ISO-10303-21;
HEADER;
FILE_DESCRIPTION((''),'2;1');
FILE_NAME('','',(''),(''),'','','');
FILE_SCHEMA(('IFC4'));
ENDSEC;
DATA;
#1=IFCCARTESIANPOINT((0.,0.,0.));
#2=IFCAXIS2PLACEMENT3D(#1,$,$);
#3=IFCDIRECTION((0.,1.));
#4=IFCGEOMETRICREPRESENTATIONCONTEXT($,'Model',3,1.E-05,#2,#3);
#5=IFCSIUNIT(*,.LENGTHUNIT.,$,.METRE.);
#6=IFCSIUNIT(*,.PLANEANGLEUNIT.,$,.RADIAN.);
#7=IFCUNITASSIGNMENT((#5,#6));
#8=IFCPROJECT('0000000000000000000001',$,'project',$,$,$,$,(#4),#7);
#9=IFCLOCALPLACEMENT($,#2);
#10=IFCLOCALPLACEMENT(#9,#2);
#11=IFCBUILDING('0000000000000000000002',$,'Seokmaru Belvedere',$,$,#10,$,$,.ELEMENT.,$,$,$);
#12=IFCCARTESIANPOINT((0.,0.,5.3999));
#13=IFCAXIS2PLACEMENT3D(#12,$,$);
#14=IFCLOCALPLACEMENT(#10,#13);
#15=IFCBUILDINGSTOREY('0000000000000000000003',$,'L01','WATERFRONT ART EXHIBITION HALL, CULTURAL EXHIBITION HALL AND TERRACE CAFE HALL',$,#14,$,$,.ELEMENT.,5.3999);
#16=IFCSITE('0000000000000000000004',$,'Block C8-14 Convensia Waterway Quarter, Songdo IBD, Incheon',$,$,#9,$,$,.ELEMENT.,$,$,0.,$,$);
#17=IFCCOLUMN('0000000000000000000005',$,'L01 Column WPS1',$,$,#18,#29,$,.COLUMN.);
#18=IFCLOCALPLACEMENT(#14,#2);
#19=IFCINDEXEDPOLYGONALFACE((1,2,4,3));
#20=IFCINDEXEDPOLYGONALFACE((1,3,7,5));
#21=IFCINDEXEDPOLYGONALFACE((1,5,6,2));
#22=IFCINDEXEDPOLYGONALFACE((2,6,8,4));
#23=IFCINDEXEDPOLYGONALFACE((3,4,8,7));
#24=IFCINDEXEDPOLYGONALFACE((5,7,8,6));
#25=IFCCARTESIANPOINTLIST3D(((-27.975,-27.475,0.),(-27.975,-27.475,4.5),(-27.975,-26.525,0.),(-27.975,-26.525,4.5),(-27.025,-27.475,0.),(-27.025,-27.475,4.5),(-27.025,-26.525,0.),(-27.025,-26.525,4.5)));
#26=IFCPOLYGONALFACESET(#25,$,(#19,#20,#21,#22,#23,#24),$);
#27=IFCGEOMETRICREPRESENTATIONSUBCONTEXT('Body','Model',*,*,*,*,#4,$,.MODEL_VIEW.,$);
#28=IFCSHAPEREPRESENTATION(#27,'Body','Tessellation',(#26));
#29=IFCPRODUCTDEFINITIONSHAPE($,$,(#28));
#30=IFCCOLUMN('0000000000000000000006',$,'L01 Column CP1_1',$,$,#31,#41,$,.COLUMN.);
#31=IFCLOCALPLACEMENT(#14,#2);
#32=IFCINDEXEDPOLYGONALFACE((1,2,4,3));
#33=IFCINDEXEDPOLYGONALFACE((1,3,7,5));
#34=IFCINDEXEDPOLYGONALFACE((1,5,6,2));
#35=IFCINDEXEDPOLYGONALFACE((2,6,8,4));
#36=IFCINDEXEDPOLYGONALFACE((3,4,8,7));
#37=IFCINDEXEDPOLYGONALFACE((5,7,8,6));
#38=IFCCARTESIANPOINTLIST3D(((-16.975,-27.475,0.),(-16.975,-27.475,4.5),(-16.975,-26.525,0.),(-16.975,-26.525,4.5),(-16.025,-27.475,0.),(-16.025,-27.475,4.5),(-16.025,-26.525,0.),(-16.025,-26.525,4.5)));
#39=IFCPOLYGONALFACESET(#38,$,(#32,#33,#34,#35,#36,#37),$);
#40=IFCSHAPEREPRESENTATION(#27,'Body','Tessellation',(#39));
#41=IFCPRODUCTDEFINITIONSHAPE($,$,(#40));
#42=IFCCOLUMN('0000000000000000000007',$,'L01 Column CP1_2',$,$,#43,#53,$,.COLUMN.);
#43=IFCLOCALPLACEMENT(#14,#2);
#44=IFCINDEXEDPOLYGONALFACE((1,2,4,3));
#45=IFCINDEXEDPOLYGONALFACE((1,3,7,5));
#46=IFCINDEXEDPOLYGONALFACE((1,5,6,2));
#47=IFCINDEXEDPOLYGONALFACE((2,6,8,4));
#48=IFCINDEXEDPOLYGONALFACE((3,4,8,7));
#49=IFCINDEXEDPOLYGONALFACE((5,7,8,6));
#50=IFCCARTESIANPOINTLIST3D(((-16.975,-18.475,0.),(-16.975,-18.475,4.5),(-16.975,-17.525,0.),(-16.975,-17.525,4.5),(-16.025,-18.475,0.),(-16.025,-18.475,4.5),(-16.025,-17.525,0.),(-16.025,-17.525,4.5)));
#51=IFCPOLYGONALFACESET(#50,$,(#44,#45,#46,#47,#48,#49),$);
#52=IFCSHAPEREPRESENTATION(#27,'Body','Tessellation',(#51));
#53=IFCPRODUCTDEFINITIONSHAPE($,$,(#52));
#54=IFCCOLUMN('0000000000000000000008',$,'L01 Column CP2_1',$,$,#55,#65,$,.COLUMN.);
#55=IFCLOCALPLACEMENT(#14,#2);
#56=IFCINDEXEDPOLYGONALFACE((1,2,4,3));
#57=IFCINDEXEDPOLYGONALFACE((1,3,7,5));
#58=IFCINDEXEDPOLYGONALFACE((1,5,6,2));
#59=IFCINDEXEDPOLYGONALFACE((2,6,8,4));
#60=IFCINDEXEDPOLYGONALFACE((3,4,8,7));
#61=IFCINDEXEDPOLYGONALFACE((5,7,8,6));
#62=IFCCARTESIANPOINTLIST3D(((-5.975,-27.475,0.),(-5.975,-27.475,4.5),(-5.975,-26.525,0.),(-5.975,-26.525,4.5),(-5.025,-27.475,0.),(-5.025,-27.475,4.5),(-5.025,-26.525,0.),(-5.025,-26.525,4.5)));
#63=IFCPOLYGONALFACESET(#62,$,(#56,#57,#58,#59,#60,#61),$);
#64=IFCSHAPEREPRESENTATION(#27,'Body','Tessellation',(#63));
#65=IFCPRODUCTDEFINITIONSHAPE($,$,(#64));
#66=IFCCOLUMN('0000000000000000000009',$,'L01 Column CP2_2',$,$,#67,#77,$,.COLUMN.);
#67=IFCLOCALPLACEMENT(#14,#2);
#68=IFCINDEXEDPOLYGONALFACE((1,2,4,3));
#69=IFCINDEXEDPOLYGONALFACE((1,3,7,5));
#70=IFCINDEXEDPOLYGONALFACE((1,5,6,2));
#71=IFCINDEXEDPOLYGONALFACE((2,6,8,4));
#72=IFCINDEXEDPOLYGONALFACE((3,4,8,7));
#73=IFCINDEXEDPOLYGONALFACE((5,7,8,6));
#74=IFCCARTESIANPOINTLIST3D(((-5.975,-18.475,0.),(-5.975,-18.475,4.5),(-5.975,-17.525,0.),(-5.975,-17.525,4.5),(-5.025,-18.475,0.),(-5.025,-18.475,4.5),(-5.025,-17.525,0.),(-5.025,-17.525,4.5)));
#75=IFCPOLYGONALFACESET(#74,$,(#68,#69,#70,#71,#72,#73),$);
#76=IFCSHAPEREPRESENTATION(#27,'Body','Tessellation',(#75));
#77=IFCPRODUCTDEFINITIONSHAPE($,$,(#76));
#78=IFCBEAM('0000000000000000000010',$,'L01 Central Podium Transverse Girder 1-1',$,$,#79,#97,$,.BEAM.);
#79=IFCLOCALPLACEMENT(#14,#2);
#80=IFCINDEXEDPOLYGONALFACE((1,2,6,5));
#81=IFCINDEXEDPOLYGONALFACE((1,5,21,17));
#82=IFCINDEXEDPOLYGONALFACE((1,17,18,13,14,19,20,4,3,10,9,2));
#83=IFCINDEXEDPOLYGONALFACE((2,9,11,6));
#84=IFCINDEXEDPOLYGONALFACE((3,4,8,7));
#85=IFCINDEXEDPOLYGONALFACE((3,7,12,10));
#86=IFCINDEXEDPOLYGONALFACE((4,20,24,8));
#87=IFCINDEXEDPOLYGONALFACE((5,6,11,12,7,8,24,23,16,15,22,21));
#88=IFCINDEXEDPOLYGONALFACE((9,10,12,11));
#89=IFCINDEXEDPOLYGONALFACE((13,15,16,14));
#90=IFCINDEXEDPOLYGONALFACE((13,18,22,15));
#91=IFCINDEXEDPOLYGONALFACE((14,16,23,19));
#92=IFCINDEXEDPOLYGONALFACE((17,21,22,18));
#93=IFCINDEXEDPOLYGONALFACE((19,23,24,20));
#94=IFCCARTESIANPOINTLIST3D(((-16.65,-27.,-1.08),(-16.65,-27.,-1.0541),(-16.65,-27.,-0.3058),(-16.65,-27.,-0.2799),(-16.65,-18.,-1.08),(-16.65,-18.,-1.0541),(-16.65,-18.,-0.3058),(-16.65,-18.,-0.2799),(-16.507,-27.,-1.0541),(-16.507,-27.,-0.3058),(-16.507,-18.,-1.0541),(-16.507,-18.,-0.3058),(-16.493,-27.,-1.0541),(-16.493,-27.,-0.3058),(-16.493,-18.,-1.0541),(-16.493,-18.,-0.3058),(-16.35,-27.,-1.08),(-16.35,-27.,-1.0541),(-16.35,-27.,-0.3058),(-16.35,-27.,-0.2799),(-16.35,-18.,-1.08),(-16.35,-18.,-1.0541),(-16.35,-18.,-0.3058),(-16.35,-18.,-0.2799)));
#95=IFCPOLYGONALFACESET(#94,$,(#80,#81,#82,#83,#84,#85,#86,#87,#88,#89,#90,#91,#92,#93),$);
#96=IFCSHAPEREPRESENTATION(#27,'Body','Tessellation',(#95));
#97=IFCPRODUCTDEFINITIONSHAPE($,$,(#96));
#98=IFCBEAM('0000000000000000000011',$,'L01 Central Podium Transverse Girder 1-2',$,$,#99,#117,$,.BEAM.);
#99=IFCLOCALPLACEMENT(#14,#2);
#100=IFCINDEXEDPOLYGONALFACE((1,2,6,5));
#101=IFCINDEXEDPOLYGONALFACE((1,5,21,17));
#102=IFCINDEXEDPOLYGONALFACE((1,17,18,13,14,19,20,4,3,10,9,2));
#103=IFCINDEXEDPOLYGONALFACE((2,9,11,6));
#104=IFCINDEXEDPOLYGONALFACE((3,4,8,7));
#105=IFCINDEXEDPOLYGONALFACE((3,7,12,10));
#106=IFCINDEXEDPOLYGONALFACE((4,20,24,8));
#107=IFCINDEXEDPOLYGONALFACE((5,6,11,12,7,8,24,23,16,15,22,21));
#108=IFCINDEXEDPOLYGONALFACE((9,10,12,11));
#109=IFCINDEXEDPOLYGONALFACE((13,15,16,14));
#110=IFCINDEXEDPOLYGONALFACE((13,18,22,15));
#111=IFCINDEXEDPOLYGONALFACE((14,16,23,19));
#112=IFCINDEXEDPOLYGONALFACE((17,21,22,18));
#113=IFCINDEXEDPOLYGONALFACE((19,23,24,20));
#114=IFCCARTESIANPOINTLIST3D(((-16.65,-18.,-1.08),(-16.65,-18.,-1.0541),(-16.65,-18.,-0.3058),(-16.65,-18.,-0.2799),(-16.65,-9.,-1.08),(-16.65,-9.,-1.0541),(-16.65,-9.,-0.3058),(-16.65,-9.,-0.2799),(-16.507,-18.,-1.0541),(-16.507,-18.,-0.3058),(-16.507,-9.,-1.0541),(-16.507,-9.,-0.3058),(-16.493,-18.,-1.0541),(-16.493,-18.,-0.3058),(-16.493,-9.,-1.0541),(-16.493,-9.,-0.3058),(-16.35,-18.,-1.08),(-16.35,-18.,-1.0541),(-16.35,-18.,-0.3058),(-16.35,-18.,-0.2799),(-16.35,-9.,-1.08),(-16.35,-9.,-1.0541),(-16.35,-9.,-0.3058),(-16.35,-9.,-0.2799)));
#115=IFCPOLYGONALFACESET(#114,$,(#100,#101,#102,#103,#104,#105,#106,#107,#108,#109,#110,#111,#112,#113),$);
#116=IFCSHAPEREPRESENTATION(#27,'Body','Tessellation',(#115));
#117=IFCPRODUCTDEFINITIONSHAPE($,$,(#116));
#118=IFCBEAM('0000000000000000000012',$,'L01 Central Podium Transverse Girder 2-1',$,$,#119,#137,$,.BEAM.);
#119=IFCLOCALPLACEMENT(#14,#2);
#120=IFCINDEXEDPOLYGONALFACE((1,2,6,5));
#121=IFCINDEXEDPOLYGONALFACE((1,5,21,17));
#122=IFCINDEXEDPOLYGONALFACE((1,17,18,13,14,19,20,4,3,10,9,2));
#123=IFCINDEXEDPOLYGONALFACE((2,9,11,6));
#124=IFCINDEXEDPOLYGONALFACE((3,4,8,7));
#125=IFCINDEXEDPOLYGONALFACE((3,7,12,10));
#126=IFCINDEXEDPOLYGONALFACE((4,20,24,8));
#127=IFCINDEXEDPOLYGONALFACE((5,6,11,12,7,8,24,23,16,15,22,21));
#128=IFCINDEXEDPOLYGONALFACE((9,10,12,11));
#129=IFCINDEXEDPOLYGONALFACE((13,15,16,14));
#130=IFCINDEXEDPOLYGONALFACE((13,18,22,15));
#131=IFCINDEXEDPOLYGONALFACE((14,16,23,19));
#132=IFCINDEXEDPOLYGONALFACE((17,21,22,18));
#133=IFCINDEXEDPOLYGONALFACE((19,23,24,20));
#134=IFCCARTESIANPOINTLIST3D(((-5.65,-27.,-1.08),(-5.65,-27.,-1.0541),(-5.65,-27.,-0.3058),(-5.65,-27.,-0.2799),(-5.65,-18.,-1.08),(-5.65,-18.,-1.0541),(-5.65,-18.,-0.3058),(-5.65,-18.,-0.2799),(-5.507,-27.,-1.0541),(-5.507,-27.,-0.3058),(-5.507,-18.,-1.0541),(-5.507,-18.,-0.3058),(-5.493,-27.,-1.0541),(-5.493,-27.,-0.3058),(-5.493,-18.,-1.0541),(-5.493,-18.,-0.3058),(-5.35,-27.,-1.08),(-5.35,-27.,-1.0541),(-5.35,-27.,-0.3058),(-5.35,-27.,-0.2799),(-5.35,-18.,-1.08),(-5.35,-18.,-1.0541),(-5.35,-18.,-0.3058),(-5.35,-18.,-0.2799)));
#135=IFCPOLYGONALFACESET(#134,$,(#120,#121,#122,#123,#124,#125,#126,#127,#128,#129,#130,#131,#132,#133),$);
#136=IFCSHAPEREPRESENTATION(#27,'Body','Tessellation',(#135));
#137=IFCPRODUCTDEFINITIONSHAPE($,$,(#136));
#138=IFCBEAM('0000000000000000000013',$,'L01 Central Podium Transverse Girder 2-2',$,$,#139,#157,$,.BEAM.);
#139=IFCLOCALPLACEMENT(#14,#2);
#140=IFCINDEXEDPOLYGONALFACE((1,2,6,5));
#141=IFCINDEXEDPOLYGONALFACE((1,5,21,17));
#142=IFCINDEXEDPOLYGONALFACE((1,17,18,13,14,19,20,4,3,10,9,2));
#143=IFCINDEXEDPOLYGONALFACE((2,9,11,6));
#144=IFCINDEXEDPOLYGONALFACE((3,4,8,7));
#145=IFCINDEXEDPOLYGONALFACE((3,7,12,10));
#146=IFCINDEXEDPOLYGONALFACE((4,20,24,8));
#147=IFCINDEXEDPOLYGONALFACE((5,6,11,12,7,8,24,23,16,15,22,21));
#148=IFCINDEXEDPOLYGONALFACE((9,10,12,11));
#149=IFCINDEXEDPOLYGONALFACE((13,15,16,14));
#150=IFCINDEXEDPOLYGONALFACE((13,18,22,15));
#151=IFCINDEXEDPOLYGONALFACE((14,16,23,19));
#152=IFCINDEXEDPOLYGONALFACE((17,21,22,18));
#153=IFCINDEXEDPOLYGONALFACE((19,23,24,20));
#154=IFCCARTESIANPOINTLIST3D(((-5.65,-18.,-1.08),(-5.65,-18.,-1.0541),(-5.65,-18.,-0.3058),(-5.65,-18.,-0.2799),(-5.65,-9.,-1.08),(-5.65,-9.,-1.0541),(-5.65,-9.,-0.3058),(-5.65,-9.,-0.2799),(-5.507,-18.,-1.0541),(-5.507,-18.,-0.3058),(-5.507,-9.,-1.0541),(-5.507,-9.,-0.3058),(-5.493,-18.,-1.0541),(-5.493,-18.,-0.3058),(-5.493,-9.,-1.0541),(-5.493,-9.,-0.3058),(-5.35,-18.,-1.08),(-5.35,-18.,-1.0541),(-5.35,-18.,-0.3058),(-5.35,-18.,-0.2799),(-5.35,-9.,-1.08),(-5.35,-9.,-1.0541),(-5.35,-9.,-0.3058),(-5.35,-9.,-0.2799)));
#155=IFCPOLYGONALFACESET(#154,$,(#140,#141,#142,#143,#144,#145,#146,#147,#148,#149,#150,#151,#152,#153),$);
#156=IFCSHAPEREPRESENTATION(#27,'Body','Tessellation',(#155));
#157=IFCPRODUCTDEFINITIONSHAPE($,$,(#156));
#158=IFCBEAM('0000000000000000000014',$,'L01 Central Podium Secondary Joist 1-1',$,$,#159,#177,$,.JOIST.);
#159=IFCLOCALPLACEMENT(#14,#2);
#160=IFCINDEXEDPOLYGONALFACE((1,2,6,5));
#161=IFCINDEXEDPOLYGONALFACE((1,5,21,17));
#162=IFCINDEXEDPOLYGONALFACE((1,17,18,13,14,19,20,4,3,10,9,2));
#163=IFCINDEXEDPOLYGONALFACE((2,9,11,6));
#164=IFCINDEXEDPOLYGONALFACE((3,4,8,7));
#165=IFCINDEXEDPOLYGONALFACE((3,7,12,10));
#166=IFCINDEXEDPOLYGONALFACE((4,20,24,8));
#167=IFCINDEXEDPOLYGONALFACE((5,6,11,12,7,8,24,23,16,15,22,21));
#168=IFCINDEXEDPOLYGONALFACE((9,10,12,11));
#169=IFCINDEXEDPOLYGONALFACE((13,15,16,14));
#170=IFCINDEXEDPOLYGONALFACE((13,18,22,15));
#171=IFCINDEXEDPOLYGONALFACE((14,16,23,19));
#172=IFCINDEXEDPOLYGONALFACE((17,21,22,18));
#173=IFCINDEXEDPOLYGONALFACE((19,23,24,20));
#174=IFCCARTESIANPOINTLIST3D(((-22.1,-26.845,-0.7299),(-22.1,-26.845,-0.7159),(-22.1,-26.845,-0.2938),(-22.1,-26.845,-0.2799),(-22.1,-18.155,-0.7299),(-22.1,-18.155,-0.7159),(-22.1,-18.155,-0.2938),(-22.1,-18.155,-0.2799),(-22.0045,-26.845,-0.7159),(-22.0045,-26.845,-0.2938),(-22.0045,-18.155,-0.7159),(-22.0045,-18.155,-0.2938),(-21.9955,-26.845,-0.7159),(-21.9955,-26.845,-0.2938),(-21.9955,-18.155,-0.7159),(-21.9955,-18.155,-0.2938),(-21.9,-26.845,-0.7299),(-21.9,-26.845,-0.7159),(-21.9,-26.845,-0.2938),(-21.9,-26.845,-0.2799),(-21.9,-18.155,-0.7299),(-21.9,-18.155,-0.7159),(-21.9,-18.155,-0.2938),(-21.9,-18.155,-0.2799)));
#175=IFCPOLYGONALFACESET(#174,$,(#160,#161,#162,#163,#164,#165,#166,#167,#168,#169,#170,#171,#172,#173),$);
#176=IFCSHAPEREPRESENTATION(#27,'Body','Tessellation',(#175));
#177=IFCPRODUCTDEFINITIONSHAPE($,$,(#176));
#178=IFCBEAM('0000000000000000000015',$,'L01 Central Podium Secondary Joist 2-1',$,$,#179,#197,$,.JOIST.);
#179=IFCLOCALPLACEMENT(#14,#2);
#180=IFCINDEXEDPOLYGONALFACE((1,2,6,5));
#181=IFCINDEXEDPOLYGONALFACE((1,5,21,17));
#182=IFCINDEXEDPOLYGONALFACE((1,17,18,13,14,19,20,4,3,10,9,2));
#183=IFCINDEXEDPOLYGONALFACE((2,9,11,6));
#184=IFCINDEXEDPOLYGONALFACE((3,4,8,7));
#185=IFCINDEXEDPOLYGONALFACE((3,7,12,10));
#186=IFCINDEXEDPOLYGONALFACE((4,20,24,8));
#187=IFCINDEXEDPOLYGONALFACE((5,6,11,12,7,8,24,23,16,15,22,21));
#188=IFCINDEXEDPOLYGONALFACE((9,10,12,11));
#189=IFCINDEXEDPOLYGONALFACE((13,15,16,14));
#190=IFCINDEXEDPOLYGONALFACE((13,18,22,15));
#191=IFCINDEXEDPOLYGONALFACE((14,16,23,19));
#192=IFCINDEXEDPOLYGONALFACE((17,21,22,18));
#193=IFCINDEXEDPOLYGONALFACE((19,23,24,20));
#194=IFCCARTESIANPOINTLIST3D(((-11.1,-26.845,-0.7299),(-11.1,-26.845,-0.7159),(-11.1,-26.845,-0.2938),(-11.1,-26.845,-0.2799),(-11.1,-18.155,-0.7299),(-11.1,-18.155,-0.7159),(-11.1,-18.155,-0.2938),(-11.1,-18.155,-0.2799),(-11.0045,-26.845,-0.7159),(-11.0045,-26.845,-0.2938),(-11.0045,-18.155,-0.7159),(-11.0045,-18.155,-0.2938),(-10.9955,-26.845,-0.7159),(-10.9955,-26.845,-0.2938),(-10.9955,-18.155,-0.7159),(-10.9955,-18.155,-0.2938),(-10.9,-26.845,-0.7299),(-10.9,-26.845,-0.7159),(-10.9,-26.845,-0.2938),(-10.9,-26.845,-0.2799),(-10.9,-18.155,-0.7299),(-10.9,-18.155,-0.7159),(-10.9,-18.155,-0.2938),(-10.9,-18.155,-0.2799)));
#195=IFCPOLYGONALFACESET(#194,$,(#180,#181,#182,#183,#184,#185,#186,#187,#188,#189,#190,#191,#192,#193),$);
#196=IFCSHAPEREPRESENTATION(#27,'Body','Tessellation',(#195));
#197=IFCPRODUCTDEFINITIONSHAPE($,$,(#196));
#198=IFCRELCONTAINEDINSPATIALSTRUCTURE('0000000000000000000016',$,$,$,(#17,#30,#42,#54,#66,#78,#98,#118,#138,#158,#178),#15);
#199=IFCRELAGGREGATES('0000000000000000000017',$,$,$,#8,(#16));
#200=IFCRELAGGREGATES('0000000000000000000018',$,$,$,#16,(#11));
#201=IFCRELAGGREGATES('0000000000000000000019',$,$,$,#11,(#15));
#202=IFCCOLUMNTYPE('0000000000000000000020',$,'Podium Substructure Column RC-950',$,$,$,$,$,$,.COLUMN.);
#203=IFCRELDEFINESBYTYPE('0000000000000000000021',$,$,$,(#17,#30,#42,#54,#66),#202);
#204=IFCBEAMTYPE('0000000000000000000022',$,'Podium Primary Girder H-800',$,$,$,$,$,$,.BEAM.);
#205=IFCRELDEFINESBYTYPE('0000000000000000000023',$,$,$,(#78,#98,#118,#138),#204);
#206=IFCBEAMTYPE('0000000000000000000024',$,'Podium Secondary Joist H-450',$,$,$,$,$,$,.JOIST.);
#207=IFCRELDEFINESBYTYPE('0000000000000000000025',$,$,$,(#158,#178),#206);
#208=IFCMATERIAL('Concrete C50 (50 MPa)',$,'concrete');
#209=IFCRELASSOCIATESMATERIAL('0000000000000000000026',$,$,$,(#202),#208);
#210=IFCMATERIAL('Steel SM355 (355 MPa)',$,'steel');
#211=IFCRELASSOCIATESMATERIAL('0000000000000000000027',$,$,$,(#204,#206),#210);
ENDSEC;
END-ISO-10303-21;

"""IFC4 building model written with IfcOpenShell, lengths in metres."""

from ifc_helpers import new_model, si_unit, direction, frame, origin, origin_2d, place, context, subcontext, project, spatial, rectangle, i_section, extrude, source, transform, mapped, material, material_profile, profile_set, type_object, type_shapes, element, save


model = new_model("IFC4")

# Units and contexts
model_context = context("Model", 3, precision=1e-05, world=origin(), true_north=direction((0.0, 1.0)))
body_context = subcontext(model_context, "Body", "Model", "MODEL_VIEW")
ifc_project = project(units=[si_unit("LENGTHUNIT", "METRE"), si_unit("PLANEANGLEUNIT", "RADIAN")], contexts=[model_context])

# Site, building, storey
site_placement = place(None, origin())
site = spatial("IfcSite", under=ifc_project, at=site_placement, Name="Block C8-14 Convensia Waterway Quarter, Songdo IBD, Incheon", CompositionType="ELEMENT", RefElevation=0.0)
building_placement = place(site_placement, origin())
building = spatial("IfcBuilding", under=site, at=building_placement, Name="Seokmaru Belvedere", CompositionType="ELEMENT")
storey_placement = place(building_placement, frame((0.0, 0.0, 5.3999)))
storey = spatial("IfcBuildingStorey", under=building, at=storey_placement, Name="L01", Description="WATERFRONT ART EXHIBITION HALL, CULTURAL EXHIBITION HALL AND TERRACE CAFE HALL", CompositionType="ELEMENT", Elevation=5.3999)

# Columns
ifc_material_1 = material(Name="Concrete C50 (50 MPa)", Category="concrete")
ifc_material_profile_1 = material_profile(ifc_material_1, rectangle(XDim=0.95, YDim=0.95, at=origin_2d()), Name="RC-950x950")
ifc_profile_set_1 = profile_set([ifc_material_profile_1], Name="Concrete C50 (50 MPa)")
column_type = type_object("IfcColumnType", Name="Podium Substructure Column RC-950", PredefinedType="COLUMN", material=ifc_profile_set_1)
shared_shape_1 = source(origin(), body_context, "Body", "SweptSolid", [
    extrude(rectangle(XDim=0.95, YDim=0.95, at=origin_2d()), origin(), (0.0, 0.0, 1.0), 4.5),
])
type_shapes(column_type, [shared_shape_1])
for number, where, z_axis, x_axis, name in (
    (1, (-27.5, -27.0, 0.0), (0.0, 0.0, 1.0), (1.0, 0.0, 0.0), "L01 Column WPS1"),
    (2, (-16.5, -27.0, 0.0), (0.0, 0.0, 1.0), (1.0, 0.0, 0.0), "L01 Column CP1_1"),
    (3, (-16.5, -18.0, 0.0), (0.0, 0.0, 1.0), (1.0, 0.0, 0.0), "L01 Column CP1_2"),
    (4, (-5.5, -27.0, 0.0), (0.0, 0.0, 1.0), (1.0, 0.0, 0.0), "L01 Column CP2_1"),
    (5, (-5.5, -18.0, 0.0), (0.0, 0.0, 1.0), (1.0, 0.0, 0.0), "L01 Column CP2_2"),
):
    element("IfcColumn", number, at=place(storey_placement, frame(where, z_axis=z_axis, x_axis=x_axis)), inside=storey, type_object=column_type, Name=name, PredefinedType="COLUMN", context=body_context, shape_type="MappedRepresentation", body=[
        mapped(shared_shape_1, transform((0.0, 0.0, 0.0), scale=1.0)),
    ])

# Beams
ifc_material_2 = material(Name="Steel SM355 (355 MPa)", Category="steel")
ifc_material_profile_2 = material_profile(ifc_material_2, i_section(OverallWidth=0.3, OverallDepth=0.8, WebThickness=0.0139, FlangeThickness=0.0259, at=origin_2d()), Name="H-800x300x14x26")
ifc_profile_set_2 = profile_set([ifc_material_profile_2], Name="Steel SM355 (355 MPa)")
beam_type_1 = type_object("IfcBeamType", Name="Podium Primary Girder H-800", PredefinedType="BEAM", material=ifc_profile_set_2)
shared_shape_2 = source(origin(), body_context, "Body", "SweptSolid", [
    extrude(i_section(OverallWidth=0.3, OverallDepth=0.8, WebThickness=0.0139, FlangeThickness=0.0259, at=origin_2d()), origin(), (0.0, 0.0, 1.0), 9.0),
])
for number, where, z_axis, x_axis, name in (
    (6, (-16.5, -27.0, -0.6799), (0.0, 1.0, 0.0), (-1.0, 0.0, 0.0), "L01 Central Podium Transverse Girder 1-1"),
    (7, (-16.5, -18.0, -0.6799), (0.0, 1.0, 0.0), (-1.0, 0.0, 0.0), "L01 Central Podium Transverse Girder 1-2"),
    (8, (-5.5, -27.0, -0.6799), (0.0, 1.0, 0.0), (-1.0, 0.0, 0.0), "L01 Central Podium Transverse Girder 2-1"),
    (9, (-5.5, -18.0, -0.6799), (0.0, 1.0, 0.0), (-1.0, 0.0, 0.0), "L01 Central Podium Transverse Girder 2-2"),
):
    element("IfcBeam", number, at=place(storey_placement, frame(where, z_axis=z_axis, x_axis=x_axis)), inside=storey, type_object=beam_type_1, Name=name, PredefinedType="BEAM", context=body_context, shape_type="MappedRepresentation", body=[
        mapped(shared_shape_2, transform((0.0, 0.0, 0.0), scale=1.0)),
    ])
ifc_material_profile_3 = material_profile(ifc_material_2, i_section(OverallWidth=0.2, OverallDepth=0.45, WebThickness=0.009, FlangeThickness=0.0139, at=origin_2d()), Name="H-450x200x9x14")
ifc_profile_set_3 = profile_set([ifc_material_profile_3], Name="Steel SM355 (355 MPa)")
beam_type_2 = type_object("IfcBeamType", Name="Podium Secondary Joist H-450", PredefinedType="JOIST", material=ifc_profile_set_3)
shared_shape_3 = source(origin(), body_context, "Body", "SweptSolid", [
    extrude(i_section(OverallWidth=0.2, OverallDepth=0.45, WebThickness=0.009, FlangeThickness=0.0139, at=origin_2d()), origin(), (0.0, 0.0, 1.0), 8.6899),
])
type_shapes(beam_type_2, [shared_shape_3])
for number, where, z_axis, x_axis, name in (
    (10, (-22.0, -26.845, -0.5049), (0.0, 1.0, 0.0), (-1.0, 0.0, 0.0), "L01 Central Podium Secondary Joist 1-1"),
    (11, (-11.0, -26.845, -0.5049), (0.0, 1.0, 0.0), (-1.0, 0.0, 0.0), "L01 Central Podium Secondary Joist 2-1"),
):
    element("IfcBeam", number, at=place(storey_placement, frame(where, z_axis=z_axis, x_axis=x_axis)), inside=storey, type_object=beam_type_2, Name=name, PredefinedType="JOIST", context=body_context, shape_type="MappedRepresentation", body=[
        mapped(shared_shape_3, transform((0.0, 0.0, 0.0), scale=1.0)),
    ])

save(model, "model.ifc")
